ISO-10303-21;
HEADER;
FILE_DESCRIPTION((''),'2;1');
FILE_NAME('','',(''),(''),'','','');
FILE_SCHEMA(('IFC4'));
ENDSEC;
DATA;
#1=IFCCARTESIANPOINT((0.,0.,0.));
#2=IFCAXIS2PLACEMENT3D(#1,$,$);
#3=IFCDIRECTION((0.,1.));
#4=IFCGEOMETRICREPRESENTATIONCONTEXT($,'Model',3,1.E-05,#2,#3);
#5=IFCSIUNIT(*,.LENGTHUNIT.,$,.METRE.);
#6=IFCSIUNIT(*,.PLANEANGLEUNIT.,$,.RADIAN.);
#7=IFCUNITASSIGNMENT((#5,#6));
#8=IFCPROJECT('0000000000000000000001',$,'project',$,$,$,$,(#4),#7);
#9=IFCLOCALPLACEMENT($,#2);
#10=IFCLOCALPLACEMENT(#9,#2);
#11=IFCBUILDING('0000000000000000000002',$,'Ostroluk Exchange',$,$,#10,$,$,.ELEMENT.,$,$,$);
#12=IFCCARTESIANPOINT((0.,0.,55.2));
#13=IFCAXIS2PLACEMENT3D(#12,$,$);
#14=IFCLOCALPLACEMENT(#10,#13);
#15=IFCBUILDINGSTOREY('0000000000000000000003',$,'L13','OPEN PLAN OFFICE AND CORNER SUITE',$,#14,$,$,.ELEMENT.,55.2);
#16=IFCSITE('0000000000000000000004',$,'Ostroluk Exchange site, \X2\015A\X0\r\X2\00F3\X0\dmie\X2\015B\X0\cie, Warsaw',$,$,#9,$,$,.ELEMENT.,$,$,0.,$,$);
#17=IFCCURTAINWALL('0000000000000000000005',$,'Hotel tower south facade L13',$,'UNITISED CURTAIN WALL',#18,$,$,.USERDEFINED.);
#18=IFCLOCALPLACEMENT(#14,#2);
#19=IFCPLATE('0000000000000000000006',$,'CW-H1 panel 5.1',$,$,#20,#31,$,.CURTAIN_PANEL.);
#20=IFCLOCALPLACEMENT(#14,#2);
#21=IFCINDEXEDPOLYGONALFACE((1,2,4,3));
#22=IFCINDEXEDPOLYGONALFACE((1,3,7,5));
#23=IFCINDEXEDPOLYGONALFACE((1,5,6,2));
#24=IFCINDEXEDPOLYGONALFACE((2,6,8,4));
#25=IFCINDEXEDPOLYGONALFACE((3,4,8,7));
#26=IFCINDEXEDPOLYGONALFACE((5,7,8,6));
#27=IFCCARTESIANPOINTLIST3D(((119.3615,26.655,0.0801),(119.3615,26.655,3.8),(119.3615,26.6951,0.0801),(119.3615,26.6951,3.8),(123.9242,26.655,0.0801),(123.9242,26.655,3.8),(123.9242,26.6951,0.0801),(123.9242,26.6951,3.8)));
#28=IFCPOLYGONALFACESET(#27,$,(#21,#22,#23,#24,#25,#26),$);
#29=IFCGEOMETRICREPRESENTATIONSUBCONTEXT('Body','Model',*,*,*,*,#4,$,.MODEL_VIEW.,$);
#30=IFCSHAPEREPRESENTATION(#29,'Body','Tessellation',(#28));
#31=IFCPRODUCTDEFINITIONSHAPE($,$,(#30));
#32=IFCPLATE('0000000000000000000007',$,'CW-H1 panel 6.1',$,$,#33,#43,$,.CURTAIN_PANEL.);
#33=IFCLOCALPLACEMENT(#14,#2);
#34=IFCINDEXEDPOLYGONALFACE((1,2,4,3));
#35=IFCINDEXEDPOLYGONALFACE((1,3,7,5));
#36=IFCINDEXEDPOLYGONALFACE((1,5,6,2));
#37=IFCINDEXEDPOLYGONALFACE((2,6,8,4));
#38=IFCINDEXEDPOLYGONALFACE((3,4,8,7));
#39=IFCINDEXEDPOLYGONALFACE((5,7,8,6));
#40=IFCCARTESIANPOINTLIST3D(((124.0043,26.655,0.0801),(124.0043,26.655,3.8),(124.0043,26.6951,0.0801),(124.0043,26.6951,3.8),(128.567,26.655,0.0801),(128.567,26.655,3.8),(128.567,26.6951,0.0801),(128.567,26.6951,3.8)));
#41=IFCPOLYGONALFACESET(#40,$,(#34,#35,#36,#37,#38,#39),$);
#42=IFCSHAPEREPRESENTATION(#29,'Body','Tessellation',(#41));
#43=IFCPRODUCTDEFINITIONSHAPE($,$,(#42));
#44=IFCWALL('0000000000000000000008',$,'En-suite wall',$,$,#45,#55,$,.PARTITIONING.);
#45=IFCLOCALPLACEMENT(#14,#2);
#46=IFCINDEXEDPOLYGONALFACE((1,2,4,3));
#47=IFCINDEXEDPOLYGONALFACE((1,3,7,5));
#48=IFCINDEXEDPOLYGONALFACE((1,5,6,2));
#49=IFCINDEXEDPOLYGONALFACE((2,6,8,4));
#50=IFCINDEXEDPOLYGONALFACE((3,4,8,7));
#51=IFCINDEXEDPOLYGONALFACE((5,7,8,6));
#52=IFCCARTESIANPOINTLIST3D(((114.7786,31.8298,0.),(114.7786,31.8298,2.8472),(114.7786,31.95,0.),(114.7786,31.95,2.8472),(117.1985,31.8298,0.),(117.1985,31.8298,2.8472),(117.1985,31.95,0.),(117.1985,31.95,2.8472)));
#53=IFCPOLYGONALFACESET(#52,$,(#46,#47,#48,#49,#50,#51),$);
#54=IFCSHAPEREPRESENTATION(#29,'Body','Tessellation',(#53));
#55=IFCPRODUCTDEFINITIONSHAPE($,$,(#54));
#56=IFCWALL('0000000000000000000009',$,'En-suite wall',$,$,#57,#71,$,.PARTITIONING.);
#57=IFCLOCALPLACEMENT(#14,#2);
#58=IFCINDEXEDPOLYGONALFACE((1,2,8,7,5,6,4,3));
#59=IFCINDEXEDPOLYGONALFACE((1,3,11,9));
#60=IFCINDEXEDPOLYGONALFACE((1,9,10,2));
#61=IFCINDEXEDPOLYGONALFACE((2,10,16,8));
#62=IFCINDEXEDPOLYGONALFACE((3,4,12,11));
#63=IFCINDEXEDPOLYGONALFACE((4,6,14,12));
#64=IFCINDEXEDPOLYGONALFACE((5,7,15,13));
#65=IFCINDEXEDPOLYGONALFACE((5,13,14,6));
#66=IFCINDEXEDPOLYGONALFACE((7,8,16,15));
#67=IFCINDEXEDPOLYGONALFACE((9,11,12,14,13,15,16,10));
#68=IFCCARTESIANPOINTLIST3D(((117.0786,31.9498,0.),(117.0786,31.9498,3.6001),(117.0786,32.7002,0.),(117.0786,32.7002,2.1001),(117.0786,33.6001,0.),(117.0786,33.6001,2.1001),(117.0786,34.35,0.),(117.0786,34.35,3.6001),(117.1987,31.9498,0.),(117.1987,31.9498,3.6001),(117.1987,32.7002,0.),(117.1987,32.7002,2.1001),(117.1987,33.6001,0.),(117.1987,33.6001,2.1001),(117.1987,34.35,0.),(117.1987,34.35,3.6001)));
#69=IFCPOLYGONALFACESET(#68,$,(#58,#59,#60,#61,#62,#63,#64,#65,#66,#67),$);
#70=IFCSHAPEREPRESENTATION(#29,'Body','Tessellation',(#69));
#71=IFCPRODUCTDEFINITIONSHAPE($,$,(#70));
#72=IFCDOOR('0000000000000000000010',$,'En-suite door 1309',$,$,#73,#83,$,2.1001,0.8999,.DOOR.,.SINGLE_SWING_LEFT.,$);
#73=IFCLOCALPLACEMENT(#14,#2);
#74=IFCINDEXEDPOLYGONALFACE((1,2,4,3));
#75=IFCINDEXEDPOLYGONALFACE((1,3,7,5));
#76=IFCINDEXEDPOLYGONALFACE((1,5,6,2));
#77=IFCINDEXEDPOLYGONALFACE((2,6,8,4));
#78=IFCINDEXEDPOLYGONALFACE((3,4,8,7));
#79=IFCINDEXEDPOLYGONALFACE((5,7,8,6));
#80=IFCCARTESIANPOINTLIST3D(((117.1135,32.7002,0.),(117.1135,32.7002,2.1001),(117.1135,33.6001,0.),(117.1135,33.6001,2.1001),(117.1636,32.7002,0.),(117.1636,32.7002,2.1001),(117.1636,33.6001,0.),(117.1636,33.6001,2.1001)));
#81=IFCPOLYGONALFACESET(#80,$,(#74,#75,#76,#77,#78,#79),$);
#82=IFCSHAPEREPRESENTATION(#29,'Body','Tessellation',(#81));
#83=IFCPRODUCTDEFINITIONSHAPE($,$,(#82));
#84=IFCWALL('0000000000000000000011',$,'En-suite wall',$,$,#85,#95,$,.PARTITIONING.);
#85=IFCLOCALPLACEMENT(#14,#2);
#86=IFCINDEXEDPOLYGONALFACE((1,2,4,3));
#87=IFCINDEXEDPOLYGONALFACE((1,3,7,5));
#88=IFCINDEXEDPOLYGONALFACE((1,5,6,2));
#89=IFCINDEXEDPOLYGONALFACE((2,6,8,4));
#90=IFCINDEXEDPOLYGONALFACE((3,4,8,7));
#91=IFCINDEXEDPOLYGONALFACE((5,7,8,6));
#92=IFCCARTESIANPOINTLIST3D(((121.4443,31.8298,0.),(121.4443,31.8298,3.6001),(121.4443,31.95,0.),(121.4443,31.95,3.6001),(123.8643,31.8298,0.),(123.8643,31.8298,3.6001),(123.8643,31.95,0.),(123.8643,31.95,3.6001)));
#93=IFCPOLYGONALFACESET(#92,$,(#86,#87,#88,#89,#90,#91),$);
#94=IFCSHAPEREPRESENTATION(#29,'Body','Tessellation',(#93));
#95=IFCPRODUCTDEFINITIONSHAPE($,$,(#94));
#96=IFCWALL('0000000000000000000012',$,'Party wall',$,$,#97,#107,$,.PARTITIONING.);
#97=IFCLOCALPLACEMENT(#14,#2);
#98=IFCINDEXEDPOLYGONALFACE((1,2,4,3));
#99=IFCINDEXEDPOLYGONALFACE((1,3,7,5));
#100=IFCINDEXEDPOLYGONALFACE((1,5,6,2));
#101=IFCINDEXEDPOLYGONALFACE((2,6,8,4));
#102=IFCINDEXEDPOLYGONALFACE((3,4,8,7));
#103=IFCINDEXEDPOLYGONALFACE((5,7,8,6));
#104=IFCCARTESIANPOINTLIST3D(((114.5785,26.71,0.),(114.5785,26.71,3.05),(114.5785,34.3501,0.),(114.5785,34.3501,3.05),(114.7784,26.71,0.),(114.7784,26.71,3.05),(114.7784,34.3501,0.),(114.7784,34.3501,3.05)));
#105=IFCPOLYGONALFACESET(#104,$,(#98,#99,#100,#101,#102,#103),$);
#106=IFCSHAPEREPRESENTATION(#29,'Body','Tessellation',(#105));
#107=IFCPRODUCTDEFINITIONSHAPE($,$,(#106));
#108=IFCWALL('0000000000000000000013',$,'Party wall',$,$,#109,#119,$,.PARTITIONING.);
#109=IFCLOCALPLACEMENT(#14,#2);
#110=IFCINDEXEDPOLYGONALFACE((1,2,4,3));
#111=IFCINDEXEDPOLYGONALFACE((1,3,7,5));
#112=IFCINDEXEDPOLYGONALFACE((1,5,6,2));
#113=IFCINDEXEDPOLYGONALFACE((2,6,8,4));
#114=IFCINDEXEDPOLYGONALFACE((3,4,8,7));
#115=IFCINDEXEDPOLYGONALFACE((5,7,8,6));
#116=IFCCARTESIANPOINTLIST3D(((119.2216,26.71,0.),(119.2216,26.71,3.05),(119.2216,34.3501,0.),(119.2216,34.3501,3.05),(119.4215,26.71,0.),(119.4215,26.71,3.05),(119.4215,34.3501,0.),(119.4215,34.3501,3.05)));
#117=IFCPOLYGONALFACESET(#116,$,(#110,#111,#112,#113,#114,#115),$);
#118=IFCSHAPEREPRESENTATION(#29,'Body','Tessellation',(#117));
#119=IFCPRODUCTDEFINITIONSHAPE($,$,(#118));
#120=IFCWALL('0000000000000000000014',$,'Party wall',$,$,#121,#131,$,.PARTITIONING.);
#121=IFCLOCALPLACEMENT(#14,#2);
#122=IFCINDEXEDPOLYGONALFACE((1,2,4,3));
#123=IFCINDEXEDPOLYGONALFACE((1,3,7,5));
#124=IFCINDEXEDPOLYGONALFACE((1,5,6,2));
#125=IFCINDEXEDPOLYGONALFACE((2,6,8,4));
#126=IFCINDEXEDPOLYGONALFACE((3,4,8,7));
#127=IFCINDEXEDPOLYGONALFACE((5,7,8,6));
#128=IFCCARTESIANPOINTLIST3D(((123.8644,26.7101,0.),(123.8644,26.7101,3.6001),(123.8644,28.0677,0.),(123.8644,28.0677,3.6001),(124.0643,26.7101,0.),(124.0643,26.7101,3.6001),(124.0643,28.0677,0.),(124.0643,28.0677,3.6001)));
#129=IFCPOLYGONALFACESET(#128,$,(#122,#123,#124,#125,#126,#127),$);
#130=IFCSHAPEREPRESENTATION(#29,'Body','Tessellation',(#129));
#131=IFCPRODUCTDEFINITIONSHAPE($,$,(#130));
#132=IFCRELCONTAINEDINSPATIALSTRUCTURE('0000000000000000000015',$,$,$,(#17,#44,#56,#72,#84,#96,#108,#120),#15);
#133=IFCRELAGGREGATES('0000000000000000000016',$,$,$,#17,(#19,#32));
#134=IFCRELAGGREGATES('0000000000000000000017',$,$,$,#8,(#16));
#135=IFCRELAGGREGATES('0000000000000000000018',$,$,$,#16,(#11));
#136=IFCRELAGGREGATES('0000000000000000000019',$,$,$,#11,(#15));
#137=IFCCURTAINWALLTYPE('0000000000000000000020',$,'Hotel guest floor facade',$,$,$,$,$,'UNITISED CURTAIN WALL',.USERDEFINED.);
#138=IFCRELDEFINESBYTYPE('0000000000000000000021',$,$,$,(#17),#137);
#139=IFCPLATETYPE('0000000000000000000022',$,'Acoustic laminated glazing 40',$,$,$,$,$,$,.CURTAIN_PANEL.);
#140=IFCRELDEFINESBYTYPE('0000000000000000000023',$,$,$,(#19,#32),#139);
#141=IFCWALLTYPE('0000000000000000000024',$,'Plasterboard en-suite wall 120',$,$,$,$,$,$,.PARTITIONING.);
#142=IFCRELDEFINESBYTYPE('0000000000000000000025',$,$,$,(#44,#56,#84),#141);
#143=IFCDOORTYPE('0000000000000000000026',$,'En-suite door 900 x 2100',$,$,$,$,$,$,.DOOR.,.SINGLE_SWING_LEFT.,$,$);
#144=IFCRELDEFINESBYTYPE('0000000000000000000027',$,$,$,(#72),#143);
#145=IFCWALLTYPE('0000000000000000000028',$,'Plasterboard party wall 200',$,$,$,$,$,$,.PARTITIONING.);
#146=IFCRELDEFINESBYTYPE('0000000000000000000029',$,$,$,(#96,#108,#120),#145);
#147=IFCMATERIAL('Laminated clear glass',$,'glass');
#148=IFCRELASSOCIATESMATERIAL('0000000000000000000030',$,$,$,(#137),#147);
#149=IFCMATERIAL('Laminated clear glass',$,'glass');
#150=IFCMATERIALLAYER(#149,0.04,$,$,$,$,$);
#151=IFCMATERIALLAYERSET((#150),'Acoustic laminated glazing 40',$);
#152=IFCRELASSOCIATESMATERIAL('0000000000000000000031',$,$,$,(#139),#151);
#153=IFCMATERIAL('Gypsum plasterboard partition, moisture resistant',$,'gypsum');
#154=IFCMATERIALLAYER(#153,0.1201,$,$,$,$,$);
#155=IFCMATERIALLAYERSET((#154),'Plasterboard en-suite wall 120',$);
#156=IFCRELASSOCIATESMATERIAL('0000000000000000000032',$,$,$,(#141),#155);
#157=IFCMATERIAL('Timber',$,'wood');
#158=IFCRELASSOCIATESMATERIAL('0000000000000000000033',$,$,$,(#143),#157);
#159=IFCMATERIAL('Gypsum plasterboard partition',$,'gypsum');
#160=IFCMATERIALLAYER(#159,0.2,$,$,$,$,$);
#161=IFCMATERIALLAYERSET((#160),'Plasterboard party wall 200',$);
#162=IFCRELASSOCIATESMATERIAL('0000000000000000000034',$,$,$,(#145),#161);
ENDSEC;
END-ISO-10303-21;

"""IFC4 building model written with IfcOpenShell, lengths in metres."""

from ifc_helpers import new_model, si_unit, direction, frame, frame_2d, origin, origin_2d, place, context, subcontext, project, spatial, rectangle, extrude, material, layer, layer_set, type_object, element, fill, aggregate, save


model = new_model("IFC4")

# Units and contexts
model_context = context("Model", 3, precision=1e-05, world=origin(), true_north=direction((0.0, 1.0)))
body_context = subcontext(model_context, "Body", "Model", "MODEL_VIEW")
ifc_project = project(units=[si_unit("LENGTHUNIT", "METRE"), si_unit("PLANEANGLEUNIT", "RADIAN")], contexts=[model_context])

# Site, building, storey
site_placement = place(None, origin())
site = spatial("IfcSite", under=ifc_project, at=site_placement, Name="Ostroluk Exchange site, Śródmieście, Warsaw", CompositionType="ELEMENT", RefElevation=0.0)
building_placement = place(site_placement, origin())
building = spatial("IfcBuilding", under=site, at=building_placement, Name="Ostroluk Exchange", CompositionType="ELEMENT")
storey_placement = place(building_placement, frame((0.0, 0.0, 55.2)))
storey = spatial("IfcBuildingStorey", under=building, at=storey_placement, Name="L13", Description="OPEN PLAN OFFICE AND CORNER SUITE", CompositionType="ELEMENT", Elevation=55.2)

# Curtain wall, plates
ifc_material_1 = material(Name="Laminated clear glass", Category="glass")
curtain_wall_type = type_object("IfcCurtainWallType", Name="Hotel guest floor facade", ElementType="UNITISED CURTAIN WALL", PredefinedType="USERDEFINED", material=ifc_material_1)
curtain_wall_placement = place(storey_placement, origin())
curtain_wall = element("IfcCurtainWall", 1, at=curtain_wall_placement, inside=storey, type_object=curtain_wall_type, Name="Hotel tower south facade L13", ObjectType="UNITISED CURTAIN WALL", PredefinedType="USERDEFINED")
ifc_material_2 = material(Name="Laminated clear glass", Category="glass")
ifc_layer_1 = layer(ifc_material_2, 0.04)
ifc_layer_set_1 = layer_set([ifc_layer_1], Name="Acoustic laminated glazing 40")
plate_type = type_object("IfcPlateType", Name="Acoustic laminated glazing 40", PredefinedType="CURTAIN_PANEL", material=ifc_layer_set_1)
plate_1_placement = place(storey_placement, frame((121.6428, 26.675, 0.0801), z_axis=(0.0, 0.0, 1.0), x_axis=(1.0, 0.0, 0.0)))
plate_1 = element("IfcPlate", 2, at=plate_1_placement, type_object=plate_type, Name="CW-H1 panel 5.1", PredefinedType="CURTAIN_PANEL", context=body_context, shape_type="SweptSolid", body=[
    extrude(rectangle(XDim=4.5627, YDim=0.04, at=origin_2d()), origin(), (0.0, 0.0, 1.0), 3.72),
])
plate_2_placement = place(storey_placement, frame((126.2856, 26.675, 0.0801), z_axis=(0.0, 0.0, 1.0), x_axis=(1.0, 0.0, 0.0)))
plate_2 = element("IfcPlate", 3, at=plate_2_placement, type_object=plate_type, Name="CW-H1 panel 6.1", PredefinedType="CURTAIN_PANEL", context=body_context, shape_type="SweptSolid", body=[
    extrude(rectangle(XDim=4.5627, YDim=0.04, at=origin_2d()), origin(), (0.0, 0.0, 1.0), 3.72),
])
aggregate(curtain_wall, [plate_1, plate_2])

# Wall
ifc_material_3 = material(Name="Gypsum plasterboard partition, moisture resistant", Category="gypsum")
ifc_layer_2 = layer(ifc_material_3, 0.1201)
ifc_layer_set_2 = layer_set([ifc_layer_2], Name="Plasterboard en-suite wall 120")
wall_type_1 = type_object("IfcWallType", Name="Plasterboard en-suite wall 120", PredefinedType="PARTITIONING", material=ifc_layer_set_2)
wall_1_placement = place(storey_placement, frame((114.7786, 31.8899, 0.0), z_axis=(0.0, 0.0, 1.0), x_axis=(1.0, 0.0, 0.0)))
element("IfcWall", 4, at=wall_1_placement, inside=storey, type_object=wall_type_1, Name="En-suite wall", PredefinedType="PARTITIONING", context=body_context, shape_type="SweptSolid", body=[
    extrude(rectangle(XDim=2.4199, YDim=0.1201, at=frame_2d((1.21, 0.0))), origin(), (0.0, 0.0, 1.0), 2.8472),
])

# Wall, opening, door
wall_2_placement = place(storey_placement, frame((117.1387, 34.3501, 0.0), z_axis=(0.0, 0.0, 1.0), x_axis=(0.0, -1.0, 0.0)))
wall_2 = element("IfcWall", 5, at=wall_2_placement, inside=storey, type_object=wall_type_1, Name="En-suite wall", PredefinedType="PARTITIONING", context=body_context, shape_type="SweptSolid", body=[
    extrude(rectangle(XDim=2.4001, YDim=0.1201, at=frame_2d((1.2002, 0.0))), origin(), (0.0, 0.0, 1.0), 3.6001),
])
opening_placement = place(wall_2_placement, frame((0.75, 0.0, 0.0)))
opening = element("IfcOpeningElement", 6, at=opening_placement, cuts=wall_2, PredefinedType="OPENING", context=body_context, shape_type="SweptSolid", body=[
    extrude(rectangle(XDim=0.8999, YDim=2.1001, at=frame_2d((0.45, 1.05))), frame((0.0, 0.0701, 0.0), z_axis=(0.0, -1.0, 0.0), x_axis=(1.0, 0.0, 0.0)), (0.0, 0.0, 1.0), 0.1401),
])
ifc_material_4 = material(Name="Timber", Category="wood")
door_type = type_object("IfcDoorType", Name="En-suite door 900 x 2100", OperationType="SINGLE_SWING_LEFT", PredefinedType="DOOR", material=ifc_material_4)
door_placement = place(opening_placement, origin())
door = element("IfcDoor", 7, at=door_placement, inside=storey, type_object=door_type, Name="En-suite door 1309", OperationType="SINGLE_SWING_LEFT", OverallHeight=2.1001, OverallWidth=0.8999, PredefinedType="DOOR", context=body_context, shape_type="SweptSolid", body=[
    extrude(rectangle(XDim=0.8999, YDim=2.1001, at=frame_2d((0.45, 1.05))), frame((0.0, 0.0249, 0.0), z_axis=(0.0, -1.0, 0.0), x_axis=(1.0, 0.0, 0.0)), (0.0, 0.0, 1.0), 0.05),
])
fill(opening, door)

# Walls
wall_3_placement = place(storey_placement, frame((121.4443, 31.8899, 0.0), z_axis=(0.0, 0.0, 1.0), x_axis=(1.0, 0.0, 0.0)))
element("IfcWall", 8, at=wall_3_placement, inside=storey, type_object=wall_type_1, Name="En-suite wall", PredefinedType="PARTITIONING", context=body_context, shape_type="SweptSolid", body=[
    extrude(rectangle(XDim=2.4199, YDim=0.1201, at=frame_2d((1.21, 0.0))), origin(), (0.0, 0.0, 1.0), 3.6001),
])
ifc_material_5 = material(Name="Gypsum plasterboard partition", Category="gypsum")
ifc_layer_3 = layer(ifc_material_5, 0.2)
ifc_layer_set_3 = layer_set([ifc_layer_3], Name="Plasterboard party wall 200")
wall_type_2 = type_object("IfcWallType", Name="Plasterboard party wall 200", PredefinedType="PARTITIONING", material=ifc_layer_set_3)
for number, where, z_axis, x_axis, name in (
    (9, (114.6785, 34.3501, 0.0), (0.0, 0.0, 1.0), (0.0, -1.0, 0.0), "Party wall"),
    (10, (119.3215, 34.3501, 0.0), (0.0, 0.0, 1.0), (0.0, -1.0, 0.0), "Party wall"),
):
    element("IfcWall", number, at=place(storey_placement, frame(where, z_axis=z_axis, x_axis=x_axis)), inside=storey, type_object=wall_type_2, Name=name, PredefinedType="PARTITIONING", context=body_context, shape_type="SweptSolid", body=[
        extrude(rectangle(XDim=7.6401, YDim=0.2, at=frame_2d((3.8201, 0.0))), origin(), (0.0, 0.0, 1.0), 3.05),
    ])
wall_4_placement = place(storey_placement, frame((123.9644, 28.0676, 0.0), z_axis=(0.0, 0.0, 1.0), x_axis=(0.0, -1.0, 0.0)))
element("IfcWall", 11, at=wall_4_placement, inside=storey, type_object=wall_type_2, Name="Party wall", PredefinedType="PARTITIONING", context=body_context, shape_type="SweptSolid", body=[
    extrude(rectangle(XDim=1.3577, YDim=0.2, at=frame_2d((0.6787, 0.0))), origin(), (0.0, 0.0, 1.0), 3.6001),
])

save(model, "model.ifc")
